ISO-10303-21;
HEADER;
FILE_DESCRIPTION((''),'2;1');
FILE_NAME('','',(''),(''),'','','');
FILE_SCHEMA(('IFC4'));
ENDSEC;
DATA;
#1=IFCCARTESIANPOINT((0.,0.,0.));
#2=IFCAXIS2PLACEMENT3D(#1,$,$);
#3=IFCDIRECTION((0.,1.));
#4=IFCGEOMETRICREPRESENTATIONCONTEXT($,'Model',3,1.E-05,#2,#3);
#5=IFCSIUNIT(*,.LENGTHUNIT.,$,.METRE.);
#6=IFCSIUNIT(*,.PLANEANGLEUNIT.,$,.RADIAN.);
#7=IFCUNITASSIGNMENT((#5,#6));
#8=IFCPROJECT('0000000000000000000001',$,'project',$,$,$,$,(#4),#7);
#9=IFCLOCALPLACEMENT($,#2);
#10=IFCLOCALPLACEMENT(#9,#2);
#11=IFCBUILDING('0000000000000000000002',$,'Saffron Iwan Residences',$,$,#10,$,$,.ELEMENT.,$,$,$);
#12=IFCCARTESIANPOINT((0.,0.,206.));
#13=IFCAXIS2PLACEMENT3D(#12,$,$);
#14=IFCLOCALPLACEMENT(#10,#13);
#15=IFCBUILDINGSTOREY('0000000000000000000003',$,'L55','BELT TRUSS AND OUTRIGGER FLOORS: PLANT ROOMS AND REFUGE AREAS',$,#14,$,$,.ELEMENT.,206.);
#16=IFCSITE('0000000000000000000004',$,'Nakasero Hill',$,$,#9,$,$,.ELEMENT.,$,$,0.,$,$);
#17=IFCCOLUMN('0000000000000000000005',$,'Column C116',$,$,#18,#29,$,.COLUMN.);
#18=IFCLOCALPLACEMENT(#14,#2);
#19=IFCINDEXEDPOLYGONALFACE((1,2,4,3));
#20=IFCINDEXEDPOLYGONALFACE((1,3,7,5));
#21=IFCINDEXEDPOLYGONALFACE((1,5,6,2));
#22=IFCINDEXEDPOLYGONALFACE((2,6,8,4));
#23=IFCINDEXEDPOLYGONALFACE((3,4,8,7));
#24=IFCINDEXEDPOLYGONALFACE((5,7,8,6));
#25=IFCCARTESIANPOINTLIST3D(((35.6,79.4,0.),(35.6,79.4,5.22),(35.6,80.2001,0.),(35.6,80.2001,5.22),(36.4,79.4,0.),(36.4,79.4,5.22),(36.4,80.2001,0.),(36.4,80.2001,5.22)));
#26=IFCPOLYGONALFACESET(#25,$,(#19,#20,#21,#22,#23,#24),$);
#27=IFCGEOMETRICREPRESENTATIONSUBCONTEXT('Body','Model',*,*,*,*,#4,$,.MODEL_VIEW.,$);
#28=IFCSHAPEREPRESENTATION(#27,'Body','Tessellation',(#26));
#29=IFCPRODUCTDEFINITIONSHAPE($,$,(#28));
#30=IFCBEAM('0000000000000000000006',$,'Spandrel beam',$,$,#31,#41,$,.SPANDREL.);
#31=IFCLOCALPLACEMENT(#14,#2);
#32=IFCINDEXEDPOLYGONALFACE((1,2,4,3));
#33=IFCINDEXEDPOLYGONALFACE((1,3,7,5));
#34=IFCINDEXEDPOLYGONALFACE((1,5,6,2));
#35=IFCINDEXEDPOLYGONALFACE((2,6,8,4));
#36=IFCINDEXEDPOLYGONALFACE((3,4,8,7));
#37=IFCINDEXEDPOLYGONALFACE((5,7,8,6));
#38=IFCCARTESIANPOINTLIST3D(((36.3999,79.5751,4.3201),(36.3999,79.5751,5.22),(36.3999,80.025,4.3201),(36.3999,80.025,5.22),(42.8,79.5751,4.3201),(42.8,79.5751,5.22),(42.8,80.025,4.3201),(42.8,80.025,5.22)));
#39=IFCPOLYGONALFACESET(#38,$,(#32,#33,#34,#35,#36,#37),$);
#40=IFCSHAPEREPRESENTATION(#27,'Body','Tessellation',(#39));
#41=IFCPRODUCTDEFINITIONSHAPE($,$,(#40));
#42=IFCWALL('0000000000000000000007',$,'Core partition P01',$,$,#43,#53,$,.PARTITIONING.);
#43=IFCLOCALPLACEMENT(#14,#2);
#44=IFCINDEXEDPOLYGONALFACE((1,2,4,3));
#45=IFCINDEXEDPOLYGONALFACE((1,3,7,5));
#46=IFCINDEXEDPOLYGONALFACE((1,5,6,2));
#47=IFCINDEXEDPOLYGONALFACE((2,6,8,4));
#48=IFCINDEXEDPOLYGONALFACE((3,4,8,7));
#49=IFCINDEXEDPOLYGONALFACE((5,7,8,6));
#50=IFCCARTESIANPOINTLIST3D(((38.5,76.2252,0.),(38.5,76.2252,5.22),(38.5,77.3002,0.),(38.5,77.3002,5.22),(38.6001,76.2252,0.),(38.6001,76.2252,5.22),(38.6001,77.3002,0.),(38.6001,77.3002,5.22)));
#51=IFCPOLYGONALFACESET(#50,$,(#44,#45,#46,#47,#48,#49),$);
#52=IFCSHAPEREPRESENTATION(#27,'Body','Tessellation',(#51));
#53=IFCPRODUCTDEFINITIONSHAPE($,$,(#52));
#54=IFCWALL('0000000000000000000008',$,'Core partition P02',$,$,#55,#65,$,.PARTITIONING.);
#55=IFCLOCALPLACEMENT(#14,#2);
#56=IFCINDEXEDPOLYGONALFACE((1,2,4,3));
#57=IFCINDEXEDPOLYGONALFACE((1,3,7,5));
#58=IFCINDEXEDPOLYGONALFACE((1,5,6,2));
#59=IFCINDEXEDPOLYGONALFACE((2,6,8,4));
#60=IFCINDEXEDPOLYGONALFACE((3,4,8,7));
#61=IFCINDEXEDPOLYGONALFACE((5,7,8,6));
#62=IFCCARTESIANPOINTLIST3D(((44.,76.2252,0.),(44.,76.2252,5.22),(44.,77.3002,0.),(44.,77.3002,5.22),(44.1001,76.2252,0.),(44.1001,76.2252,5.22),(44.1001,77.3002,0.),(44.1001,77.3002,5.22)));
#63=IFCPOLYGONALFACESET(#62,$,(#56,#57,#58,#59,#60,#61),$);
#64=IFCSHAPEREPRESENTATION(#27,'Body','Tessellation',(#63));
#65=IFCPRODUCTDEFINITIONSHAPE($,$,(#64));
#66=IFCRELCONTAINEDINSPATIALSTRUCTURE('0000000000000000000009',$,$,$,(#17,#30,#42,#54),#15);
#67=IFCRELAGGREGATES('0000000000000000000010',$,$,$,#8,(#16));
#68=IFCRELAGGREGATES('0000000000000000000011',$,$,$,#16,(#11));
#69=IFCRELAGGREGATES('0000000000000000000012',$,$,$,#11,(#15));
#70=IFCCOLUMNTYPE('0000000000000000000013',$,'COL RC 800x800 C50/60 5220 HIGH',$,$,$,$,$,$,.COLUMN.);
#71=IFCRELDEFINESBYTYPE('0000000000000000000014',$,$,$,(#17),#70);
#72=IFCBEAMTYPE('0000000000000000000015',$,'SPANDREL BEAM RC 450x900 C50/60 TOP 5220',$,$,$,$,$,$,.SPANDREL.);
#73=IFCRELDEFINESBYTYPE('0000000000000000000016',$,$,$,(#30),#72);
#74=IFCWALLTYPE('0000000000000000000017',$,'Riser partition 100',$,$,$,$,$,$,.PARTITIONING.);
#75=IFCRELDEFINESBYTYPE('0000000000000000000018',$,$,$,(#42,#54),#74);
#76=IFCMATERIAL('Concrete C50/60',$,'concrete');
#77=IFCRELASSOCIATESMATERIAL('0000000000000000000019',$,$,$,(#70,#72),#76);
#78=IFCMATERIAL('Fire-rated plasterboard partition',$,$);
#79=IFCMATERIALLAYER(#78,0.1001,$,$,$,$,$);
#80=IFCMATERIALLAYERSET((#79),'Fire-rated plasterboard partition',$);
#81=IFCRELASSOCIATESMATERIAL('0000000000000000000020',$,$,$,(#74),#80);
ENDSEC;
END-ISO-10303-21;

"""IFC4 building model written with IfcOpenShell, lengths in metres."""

from ifc_helpers import new_model, si_unit, direction, frame, frame_2d, origin, origin_2d, place, context, subcontext, project, spatial, rectangle, extrude, source, transform, mapped, material, layer, layer_set, material_profile, profile_set, type_object, element, save


model = new_model("IFC4")

# Units and contexts
model_context = context("Model", 3, precision=1e-05, world=origin(), true_north=direction((0.0, 1.0)))
body_context = subcontext(model_context, "Body", "Model", "MODEL_VIEW")
ifc_project = project(units=[si_unit("LENGTHUNIT", "METRE"), si_unit("PLANEANGLEUNIT", "RADIAN")], contexts=[model_context])

# Site, building, storey
site_placement = place(None, origin())
site = spatial("IfcSite", under=ifc_project, at=site_placement, Name="Nakasero Hill", CompositionType="ELEMENT", RefElevation=0.0)
building_placement = place(site_placement, origin())
building = spatial("IfcBuilding", under=site, at=building_placement, Name="Saffron Iwan Residences", CompositionType="ELEMENT")
storey_placement = place(building_placement, frame((0.0, 0.0, 206.0)))
storey = spatial("IfcBuildingStorey", under=building, at=storey_placement, Name="L55", Description="BELT TRUSS AND OUTRIGGER FLOORS: PLANT ROOMS AND REFUGE AREAS", CompositionType="ELEMENT", Elevation=206.0)

# Column
ifc_material_1 = material(Name="Concrete C50/60", Category="concrete")
ifc_material_profile_1 = material_profile(ifc_material_1, rectangle(XDim=0.8, YDim=0.8, at=origin_2d()), Name="RC 800x800")
ifc_profile_set_1 = profile_set([ifc_material_profile_1], Name="Concrete C50/60")
column_type = type_object("IfcColumnType", Name="COL RC 800x800 C50/60 5220 HIGH", PredefinedType="COLUMN", material=ifc_profile_set_1)
shared_shape_1 = source(origin(), body_context, "Body", "SweptSolid", [
    extrude(rectangle(XDim=0.8, YDim=0.8, at=origin_2d()), origin(), (0.0, 0.0, 1.0), 5.22),
])
column_placement = place(storey_placement, frame((36.0, 79.8, 0.0), z_axis=(0.0, 0.0, 1.0), x_axis=(1.0, 0.0, 0.0)))
element("IfcColumn", 1, at=column_placement, inside=storey, type_object=column_type, Name="Column C116", PredefinedType="COLUMN", context=body_context, shape_type="MappedRepresentation", body=[
    mapped(shared_shape_1, transform((0.0, 0.0, 0.0))),
])

# Beam
ifc_material_profile_2 = material_profile(ifc_material_1, rectangle(XDim=0.45, YDim=0.8999, at=origin_2d()), Name="RC 450x900")
ifc_profile_set_2 = profile_set([ifc_material_profile_2], Name="Concrete C50/60")
beam_type = type_object("IfcBeamType", Name="SPANDREL BEAM RC 450x900 C50/60 TOP 5220", PredefinedType="SPANDREL", material=ifc_profile_set_2)
shared_shape_2 = source(origin(), body_context, "Body", "SweptSolid", [
    extrude(rectangle(XDim=0.45, YDim=0.8999, at=origin_2d()), origin(), (0.0, 0.0, 1.0), 6.4001),
])
beam_placement = place(storey_placement, frame((36.3999, 79.8, 4.77), z_axis=(1.0, 0.0, 0.0), x_axis=(0.0, 1.0, 0.0)))
element("IfcBeam", 2, at=beam_placement, inside=storey, type_object=beam_type, Name="Spandrel beam", PredefinedType="SPANDREL", context=body_context, shape_type="MappedRepresentation", body=[
    mapped(shared_shape_2, transform((0.0, 0.0, 0.0))),
])

# Walls
ifc_material_2 = material(Name="Fire-rated plasterboard partition")
ifc_layer_1 = layer(ifc_material_2, 0.1001)
ifc_layer_set_1 = layer_set([ifc_layer_1], Name="Fire-rated plasterboard partition")
wall_type_1 = type_object("IfcWallType", Name="Riser partition 100", PredefinedType="PARTITIONING", material=ifc_layer_set_1)
for number, where, z_axis, x_axis, name in (
    (3, (38.55, 76.2251, 0.0), (0.0, 0.0, 1.0), (0.0, 1.0, 0.0), "Core partition P01"),
    (4, (44.05, 76.2251, 0.0), (0.0, 0.0, 1.0), (0.0, 1.0, 0.0), "Core partition P02"),
):
    element("IfcWall", number, at=place(storey_placement, frame(where, z_axis=z_axis, x_axis=x_axis)), inside=storey, type_object=wall_type_1, Name=name, PredefinedType="PARTITIONING", context=body_context, shape_type="SweptSolid", body=[
        extrude(rectangle(XDim=1.075, YDim=0.1001, at=frame_2d((0.5376, 0.0))), origin(), (0.0, 0.0, 1.0), 5.22),
    ])

save(model, "model.ifc")
